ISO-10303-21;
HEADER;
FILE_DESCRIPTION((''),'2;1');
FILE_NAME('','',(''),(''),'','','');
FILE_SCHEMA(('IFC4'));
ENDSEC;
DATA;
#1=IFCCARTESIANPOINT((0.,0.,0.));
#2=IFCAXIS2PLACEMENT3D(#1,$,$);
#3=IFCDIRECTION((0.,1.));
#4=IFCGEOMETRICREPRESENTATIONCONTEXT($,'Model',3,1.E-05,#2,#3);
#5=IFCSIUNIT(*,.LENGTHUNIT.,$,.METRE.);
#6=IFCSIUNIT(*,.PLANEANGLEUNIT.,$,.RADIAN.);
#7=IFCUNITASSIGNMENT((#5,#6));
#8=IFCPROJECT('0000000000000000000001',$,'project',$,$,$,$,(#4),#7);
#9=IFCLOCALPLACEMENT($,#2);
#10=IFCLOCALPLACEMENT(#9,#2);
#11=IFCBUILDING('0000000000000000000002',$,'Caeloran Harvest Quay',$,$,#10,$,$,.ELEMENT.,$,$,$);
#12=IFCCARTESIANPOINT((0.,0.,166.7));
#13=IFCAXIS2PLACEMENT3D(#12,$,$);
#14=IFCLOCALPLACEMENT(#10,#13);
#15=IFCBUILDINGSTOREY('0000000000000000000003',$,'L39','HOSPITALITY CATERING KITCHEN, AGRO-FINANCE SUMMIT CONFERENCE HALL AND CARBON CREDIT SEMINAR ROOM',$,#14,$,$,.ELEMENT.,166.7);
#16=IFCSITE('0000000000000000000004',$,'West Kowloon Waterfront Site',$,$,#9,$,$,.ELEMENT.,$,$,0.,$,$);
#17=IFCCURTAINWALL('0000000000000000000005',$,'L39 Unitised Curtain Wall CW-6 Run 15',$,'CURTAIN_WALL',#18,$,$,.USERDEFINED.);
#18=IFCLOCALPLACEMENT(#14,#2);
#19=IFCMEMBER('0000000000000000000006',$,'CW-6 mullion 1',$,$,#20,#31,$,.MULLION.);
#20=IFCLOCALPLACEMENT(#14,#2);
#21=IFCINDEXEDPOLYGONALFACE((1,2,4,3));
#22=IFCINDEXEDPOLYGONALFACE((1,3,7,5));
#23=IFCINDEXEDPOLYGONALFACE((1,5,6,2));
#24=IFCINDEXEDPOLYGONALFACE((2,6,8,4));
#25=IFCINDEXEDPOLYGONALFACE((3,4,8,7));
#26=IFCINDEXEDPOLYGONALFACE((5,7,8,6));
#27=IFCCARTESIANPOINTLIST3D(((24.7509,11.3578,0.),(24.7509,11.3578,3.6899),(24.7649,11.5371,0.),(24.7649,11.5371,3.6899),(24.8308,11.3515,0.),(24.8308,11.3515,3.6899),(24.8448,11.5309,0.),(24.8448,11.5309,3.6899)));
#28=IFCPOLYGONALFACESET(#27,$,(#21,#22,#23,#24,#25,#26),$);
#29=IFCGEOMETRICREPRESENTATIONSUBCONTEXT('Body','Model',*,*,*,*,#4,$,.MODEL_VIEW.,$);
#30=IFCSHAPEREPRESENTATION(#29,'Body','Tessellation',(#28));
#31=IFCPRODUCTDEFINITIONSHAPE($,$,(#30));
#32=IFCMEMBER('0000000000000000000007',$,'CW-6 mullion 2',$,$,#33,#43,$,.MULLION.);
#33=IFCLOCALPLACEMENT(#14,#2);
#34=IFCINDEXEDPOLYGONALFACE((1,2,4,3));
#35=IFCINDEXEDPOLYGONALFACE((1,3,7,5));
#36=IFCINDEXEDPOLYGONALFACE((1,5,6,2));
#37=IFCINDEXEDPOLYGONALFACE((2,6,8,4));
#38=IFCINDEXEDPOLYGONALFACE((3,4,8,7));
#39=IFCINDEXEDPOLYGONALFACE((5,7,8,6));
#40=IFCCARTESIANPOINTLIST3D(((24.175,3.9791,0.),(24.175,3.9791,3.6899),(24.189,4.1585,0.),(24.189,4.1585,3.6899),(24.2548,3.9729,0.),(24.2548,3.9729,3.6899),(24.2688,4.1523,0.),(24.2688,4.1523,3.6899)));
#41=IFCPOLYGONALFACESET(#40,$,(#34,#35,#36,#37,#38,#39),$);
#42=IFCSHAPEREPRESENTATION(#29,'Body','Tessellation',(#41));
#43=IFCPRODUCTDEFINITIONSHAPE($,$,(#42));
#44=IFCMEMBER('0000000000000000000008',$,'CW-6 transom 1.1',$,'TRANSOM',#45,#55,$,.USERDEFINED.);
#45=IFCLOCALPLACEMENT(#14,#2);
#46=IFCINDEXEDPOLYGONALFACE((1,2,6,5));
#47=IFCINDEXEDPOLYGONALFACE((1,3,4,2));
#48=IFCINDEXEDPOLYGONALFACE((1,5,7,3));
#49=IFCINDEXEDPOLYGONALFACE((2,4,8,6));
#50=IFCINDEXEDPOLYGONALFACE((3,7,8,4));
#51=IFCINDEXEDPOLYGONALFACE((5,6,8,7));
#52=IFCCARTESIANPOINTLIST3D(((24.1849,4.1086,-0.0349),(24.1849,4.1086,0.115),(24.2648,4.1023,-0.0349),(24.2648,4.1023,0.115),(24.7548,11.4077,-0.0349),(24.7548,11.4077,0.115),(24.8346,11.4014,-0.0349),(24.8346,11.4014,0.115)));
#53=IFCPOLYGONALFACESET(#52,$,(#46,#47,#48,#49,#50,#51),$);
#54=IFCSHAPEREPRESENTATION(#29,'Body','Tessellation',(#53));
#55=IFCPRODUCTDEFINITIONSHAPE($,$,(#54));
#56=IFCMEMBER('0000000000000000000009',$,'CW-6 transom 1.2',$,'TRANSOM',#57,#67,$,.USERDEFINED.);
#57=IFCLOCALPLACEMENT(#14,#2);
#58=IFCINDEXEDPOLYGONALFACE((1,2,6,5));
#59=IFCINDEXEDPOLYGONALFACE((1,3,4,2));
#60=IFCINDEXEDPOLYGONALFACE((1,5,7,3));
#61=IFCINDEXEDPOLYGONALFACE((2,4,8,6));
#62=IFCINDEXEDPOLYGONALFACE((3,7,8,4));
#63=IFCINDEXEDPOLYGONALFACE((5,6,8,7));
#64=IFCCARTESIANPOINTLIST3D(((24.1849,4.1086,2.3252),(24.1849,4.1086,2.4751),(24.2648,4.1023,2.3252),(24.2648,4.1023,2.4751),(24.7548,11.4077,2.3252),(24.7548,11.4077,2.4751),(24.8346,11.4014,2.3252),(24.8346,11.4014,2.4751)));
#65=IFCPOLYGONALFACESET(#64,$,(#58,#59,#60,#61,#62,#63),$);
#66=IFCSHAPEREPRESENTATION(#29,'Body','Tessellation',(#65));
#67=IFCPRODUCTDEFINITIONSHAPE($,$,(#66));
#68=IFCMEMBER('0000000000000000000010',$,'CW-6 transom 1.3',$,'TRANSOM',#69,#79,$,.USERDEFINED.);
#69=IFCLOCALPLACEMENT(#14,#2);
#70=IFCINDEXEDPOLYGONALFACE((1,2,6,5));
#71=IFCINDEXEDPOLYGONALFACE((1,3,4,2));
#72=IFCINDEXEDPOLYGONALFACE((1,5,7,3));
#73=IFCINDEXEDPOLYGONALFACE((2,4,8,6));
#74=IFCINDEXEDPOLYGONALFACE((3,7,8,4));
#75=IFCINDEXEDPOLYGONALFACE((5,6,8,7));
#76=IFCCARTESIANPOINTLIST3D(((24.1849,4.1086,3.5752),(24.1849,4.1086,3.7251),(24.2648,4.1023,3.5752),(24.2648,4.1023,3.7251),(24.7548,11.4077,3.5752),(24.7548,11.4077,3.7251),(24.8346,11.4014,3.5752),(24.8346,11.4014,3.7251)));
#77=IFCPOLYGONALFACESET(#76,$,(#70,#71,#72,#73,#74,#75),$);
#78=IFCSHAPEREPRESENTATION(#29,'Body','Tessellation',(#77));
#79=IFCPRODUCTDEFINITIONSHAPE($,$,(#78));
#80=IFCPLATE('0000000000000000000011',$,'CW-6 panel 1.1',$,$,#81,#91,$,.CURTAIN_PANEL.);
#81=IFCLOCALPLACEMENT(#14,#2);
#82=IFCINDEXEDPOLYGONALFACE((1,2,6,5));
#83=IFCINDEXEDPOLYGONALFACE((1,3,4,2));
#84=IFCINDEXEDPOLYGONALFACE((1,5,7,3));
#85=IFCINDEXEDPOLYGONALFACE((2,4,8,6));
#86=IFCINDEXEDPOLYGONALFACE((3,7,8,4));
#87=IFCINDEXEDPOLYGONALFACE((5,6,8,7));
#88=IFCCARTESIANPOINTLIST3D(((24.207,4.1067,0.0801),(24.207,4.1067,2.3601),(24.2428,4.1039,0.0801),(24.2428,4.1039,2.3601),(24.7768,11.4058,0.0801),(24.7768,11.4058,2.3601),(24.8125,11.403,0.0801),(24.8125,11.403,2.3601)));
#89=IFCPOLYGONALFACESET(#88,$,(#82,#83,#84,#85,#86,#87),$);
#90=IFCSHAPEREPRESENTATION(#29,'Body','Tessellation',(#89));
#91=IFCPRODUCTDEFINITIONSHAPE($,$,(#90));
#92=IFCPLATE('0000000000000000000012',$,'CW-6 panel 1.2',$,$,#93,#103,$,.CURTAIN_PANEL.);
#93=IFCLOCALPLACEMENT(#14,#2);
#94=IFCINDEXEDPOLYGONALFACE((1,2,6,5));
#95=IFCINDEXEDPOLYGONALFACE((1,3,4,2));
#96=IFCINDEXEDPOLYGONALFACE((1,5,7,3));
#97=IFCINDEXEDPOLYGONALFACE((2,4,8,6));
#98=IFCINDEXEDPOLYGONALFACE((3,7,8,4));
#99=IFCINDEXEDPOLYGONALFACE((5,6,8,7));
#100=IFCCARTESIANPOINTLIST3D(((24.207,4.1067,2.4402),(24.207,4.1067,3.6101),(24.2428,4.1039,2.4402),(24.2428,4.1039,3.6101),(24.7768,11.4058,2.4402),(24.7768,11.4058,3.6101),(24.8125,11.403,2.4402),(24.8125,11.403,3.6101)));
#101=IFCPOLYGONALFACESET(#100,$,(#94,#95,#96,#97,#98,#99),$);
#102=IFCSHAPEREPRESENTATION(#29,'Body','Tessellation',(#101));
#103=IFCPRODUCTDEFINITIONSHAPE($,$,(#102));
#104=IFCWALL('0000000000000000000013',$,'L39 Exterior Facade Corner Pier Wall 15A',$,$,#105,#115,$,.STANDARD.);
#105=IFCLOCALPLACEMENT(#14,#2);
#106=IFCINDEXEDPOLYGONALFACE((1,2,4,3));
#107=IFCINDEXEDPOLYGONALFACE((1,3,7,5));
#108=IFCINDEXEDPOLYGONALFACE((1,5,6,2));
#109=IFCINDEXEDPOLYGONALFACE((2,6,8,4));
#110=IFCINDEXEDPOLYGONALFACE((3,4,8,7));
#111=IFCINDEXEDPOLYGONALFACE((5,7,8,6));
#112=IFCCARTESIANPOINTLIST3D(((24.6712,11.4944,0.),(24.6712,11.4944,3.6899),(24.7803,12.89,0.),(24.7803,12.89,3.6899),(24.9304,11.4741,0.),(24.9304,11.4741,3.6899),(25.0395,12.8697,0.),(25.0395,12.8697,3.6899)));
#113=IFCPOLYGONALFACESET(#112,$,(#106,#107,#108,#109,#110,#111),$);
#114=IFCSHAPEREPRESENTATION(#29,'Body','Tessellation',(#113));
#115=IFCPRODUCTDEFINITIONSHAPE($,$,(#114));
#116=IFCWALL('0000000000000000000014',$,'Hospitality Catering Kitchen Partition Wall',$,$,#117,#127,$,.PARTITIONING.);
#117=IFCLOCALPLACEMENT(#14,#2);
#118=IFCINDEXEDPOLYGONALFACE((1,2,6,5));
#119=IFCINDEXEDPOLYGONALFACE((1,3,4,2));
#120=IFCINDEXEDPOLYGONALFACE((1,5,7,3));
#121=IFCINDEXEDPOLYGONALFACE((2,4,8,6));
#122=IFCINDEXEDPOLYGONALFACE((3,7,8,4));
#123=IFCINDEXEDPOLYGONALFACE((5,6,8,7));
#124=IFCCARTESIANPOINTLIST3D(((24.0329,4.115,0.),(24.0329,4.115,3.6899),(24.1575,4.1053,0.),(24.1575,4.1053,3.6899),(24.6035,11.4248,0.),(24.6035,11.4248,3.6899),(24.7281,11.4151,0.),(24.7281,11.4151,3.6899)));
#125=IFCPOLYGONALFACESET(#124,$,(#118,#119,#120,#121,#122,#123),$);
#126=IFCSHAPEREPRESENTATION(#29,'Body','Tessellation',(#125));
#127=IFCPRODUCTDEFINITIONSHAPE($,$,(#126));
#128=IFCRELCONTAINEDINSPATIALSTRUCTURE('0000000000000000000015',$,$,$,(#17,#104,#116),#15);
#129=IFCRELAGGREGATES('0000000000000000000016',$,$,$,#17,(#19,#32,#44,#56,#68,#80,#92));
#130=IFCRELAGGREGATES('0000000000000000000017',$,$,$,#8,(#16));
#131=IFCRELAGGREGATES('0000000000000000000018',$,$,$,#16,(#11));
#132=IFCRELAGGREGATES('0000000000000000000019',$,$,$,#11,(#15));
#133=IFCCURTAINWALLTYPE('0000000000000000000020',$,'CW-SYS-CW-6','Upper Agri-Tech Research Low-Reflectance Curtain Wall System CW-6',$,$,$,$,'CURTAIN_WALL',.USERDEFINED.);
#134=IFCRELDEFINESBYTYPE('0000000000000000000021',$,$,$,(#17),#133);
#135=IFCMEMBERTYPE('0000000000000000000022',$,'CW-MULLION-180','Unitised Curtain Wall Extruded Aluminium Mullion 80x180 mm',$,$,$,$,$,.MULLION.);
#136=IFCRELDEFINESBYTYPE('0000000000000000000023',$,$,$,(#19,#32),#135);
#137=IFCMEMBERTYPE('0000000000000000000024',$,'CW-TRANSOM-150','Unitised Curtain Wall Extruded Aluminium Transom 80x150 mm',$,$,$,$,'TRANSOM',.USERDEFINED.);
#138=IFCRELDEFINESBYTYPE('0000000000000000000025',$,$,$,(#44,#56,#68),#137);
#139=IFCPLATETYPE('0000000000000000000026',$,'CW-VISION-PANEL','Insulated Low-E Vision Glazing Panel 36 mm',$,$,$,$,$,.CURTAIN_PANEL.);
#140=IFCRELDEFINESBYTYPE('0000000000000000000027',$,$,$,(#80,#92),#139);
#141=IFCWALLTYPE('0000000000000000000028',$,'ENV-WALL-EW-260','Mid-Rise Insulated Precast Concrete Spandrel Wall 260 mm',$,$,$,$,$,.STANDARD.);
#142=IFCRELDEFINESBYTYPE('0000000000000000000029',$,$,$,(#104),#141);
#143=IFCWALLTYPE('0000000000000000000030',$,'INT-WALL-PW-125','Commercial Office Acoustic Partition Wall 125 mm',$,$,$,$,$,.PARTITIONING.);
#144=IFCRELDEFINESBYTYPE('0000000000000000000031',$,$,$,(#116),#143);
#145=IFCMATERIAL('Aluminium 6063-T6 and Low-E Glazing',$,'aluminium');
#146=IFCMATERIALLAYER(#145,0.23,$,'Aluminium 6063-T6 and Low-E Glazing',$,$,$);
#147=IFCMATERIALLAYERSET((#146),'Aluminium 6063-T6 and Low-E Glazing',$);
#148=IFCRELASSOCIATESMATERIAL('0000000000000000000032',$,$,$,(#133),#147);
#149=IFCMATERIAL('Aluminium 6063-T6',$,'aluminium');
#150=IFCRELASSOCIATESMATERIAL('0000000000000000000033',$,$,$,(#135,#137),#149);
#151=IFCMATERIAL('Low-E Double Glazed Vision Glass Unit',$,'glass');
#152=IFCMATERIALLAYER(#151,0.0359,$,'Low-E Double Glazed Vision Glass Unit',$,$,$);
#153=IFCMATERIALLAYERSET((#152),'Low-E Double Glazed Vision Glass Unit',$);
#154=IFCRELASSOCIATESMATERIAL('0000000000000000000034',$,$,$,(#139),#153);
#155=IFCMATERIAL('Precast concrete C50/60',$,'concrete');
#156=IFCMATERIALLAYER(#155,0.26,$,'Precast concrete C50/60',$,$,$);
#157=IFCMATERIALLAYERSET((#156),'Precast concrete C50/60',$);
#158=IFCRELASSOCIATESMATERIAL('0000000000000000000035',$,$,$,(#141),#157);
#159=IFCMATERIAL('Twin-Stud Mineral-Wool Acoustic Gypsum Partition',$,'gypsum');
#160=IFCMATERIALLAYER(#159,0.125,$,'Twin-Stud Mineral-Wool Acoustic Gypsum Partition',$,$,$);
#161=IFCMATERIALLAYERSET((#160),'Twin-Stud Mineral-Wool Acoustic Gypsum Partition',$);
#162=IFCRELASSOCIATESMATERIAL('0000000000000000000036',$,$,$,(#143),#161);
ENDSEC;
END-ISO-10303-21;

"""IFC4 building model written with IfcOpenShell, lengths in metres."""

from ifc_helpers import new_model, si_unit, direction, frame, frame_2d, origin, origin_2d, place, context, subcontext, project, spatial, rectangle, extrude, material, layer, layer_set, material_profile, profile_set, type_object, element, aggregate, save


model = new_model("IFC4")

# Units and contexts
model_context = context("Model", 3, precision=1e-05, world=origin(), true_north=direction((0.0, 1.0)))
body_context = subcontext(model_context, "Body", "Model", "MODEL_VIEW")
ifc_project = project(units=[si_unit("LENGTHUNIT", "METRE"), si_unit("PLANEANGLEUNIT", "RADIAN")], contexts=[model_context])

# Site, building, storey
site_placement = place(None, origin())
site = spatial("IfcSite", under=ifc_project, at=site_placement, Name="West Kowloon Waterfront Site", CompositionType="ELEMENT", RefElevation=0.0)
building_placement = place(site_placement, origin())
building = spatial("IfcBuilding", under=site, at=building_placement, Name="Caeloran Harvest Quay", CompositionType="ELEMENT")
storey_placement = place(building_placement, frame((0.0, 0.0, 166.7)))
storey = spatial("IfcBuildingStorey", under=building, at=storey_placement, Name="L39", Description="HOSPITALITY CATERING KITCHEN, AGRO-FINANCE SUMMIT CONFERENCE HALL AND CARBON CREDIT SEMINAR ROOM", CompositionType="ELEMENT", Elevation=166.7)

# Curtain wall, members, plates
ifc_material_1 = material(Name="Aluminium 6063-T6 and Low-E Glazing", Category="aluminium")
ifc_layer_1 = layer(ifc_material_1, 0.23, Name="Aluminium 6063-T6 and Low-E Glazing")
ifc_layer_set_1 = layer_set([ifc_layer_1], Name="Aluminium 6063-T6 and Low-E Glazing")
curtain_wall_type = type_object("IfcCurtainWallType", Name="CW-SYS-CW-6", Description="Upper Agri-Tech Research Low-Reflectance Curtain Wall System CW-6", ElementType="CURTAIN_WALL", PredefinedType="USERDEFINED", material=ifc_layer_set_1)
curtain_wall_placement = place(storey_placement, origin())
curtain_wall = element("IfcCurtainWall", 1, at=curtain_wall_placement, inside=storey, type_object=curtain_wall_type, Name="L39 Unitised Curtain Wall CW-6 Run 15", ObjectType="CURTAIN_WALL", PredefinedType="USERDEFINED")
ifc_material_2 = material(Name="Aluminium 6063-T6", Category="aluminium")
ifc_material_profile_1 = material_profile(ifc_material_2, rectangle(XDim=0.0801, YDim=0.1799, at=origin_2d()), Name="CW-MULLION-180")
ifc_profile_set_1 = profile_set([ifc_material_profile_1], Name="Aluminium 6063-T6")
member_type_1 = type_object("IfcMemberType", Name="CW-MULLION-180", Description="Unitised Curtain Wall Extruded Aluminium Mullion 80x180 mm", PredefinedType="MULLION", material=ifc_profile_set_1)
member_1_placement = place(storey_placement, frame((24.7979, 11.4443, 0.0), z_axis=(0.0, 0.0, 1.0), x_axis=(0.996967, -0.077822, 0.0)))
member_1 = element("IfcMember", 2, at=member_1_placement, type_object=member_type_1, Name="CW-6 mullion 1", PredefinedType="MULLION", context=body_context, shape_type="SweptSolid", body=[
    extrude(rectangle(XDim=0.0801, YDim=0.1799, at=origin_2d()), origin(), (0.0, 0.0, 1.0), 3.6899),
])
member_2_placement = place(storey_placement, frame((24.2219, 4.0657, 0.0), z_axis=(0.0, 0.0, 1.0), x_axis=(0.996967, -0.077822, 0.0)))
member_2 = element("IfcMember", 3, at=member_2_placement, type_object=member_type_1, Name="CW-6 mullion 2", PredefinedType="MULLION", context=body_context, shape_type="SweptSolid", body=[
    extrude(rectangle(XDim=0.0801, YDim=0.1799, at=origin_2d()), origin(), (0.0, 0.0, 1.0), 3.6899),
])
ifc_material_profile_2 = material_profile(ifc_material_2, rectangle(XDim=0.0801, YDim=0.1499, at=origin_2d()), Name="CW-TRANSOM-150")
ifc_profile_set_2 = profile_set([ifc_material_profile_2], Name="Aluminium 6063-T6")
member_type_2 = type_object("IfcMemberType", Name="CW-TRANSOM-150", Description="Unitised Curtain Wall Extruded Aluminium Transom 80x150 mm", ElementType="TRANSOM", PredefinedType="USERDEFINED", material=ifc_profile_set_2)
member_3_placement = place(storey_placement, frame((24.7947, 11.4045, 0.04), z_axis=(-0.077831, -0.996967, 0.0), x_axis=(0.996967, -0.077831, 0.0)))
member_3 = element("IfcMember", 4, at=member_3_placement, type_object=member_type_2, Name="CW-6 transom 1.1", ObjectType="TRANSOM", PredefinedType="USERDEFINED", context=body_context, shape_type="SweptSolid", body=[
    extrude(rectangle(XDim=0.0801, YDim=0.1499, at=origin_2d()), origin(), (0.0, 0.0, 1.0), 7.3213),
])
member_4_placement = place(storey_placement, frame((24.7947, 11.4045, 2.4001), z_axis=(-0.077831, -0.996967, 0.0), x_axis=(0.996967, -0.077831, 0.0)))
member_4 = element("IfcMember", 5, at=member_4_placement, type_object=member_type_2, Name="CW-6 transom 1.2", ObjectType="TRANSOM", PredefinedType="USERDEFINED", context=body_context, shape_type="SweptSolid", body=[
    extrude(rectangle(XDim=0.0801, YDim=0.1499, at=origin_2d()), origin(), (0.0, 0.0, 1.0), 7.3213),
])
member_5_placement = place(storey_placement, frame((24.7947, 11.4045, 3.6501), z_axis=(-0.077831, -0.996967, 0.0), x_axis=(0.996967, -0.077831, 0.0)))
member_5 = element("IfcMember", 6, at=member_5_placement, type_object=member_type_2, Name="CW-6 transom 1.3", ObjectType="TRANSOM", PredefinedType="USERDEFINED", context=body_context, shape_type="SweptSolid", body=[
    extrude(rectangle(XDim=0.0801, YDim=0.1499, at=origin_2d()), origin(), (0.0, 0.0, 1.0), 7.3213),
])
ifc_material_3 = material(Name="Low-E Double Glazed Vision Glass Unit", Category="glass")
ifc_layer_2 = layer(ifc_material_3, 0.0359, Name="Low-E Double Glazed Vision Glass Unit")
ifc_layer_set_2 = layer_set([ifc_layer_2], Name="Low-E Double Glazed Vision Glass Unit")
plate_type = type_object("IfcPlateType", Name="CW-VISION-PANEL", Description="Insulated Low-E Vision Glazing Panel 36 mm", PredefinedType="CURTAIN_PANEL", material=ifc_layer_set_2)
plate_1_placement = place(storey_placement, frame((24.5098, 7.7549, 0.0801), z_axis=(0.0, 0.0, 1.0), x_axis=(-0.077822, -0.996967, 0.0)))
plate_1 = element("IfcPlate", 7, at=plate_1_placement, type_object=plate_type, Name="CW-6 panel 1.1", PredefinedType="CURTAIN_PANEL", context=body_context, shape_type="SweptSolid", body=[
    extrude(rectangle(XDim=7.3213, YDim=0.0359, at=origin_2d()), origin(), (0.0, 0.0, 1.0), 2.28),
])
plate_2_placement = place(storey_placement, frame((24.5098, 7.7549, 2.4402), z_axis=(0.0, 0.0, 1.0), x_axis=(-0.077822, -0.996967, 0.0)))
plate_2 = element("IfcPlate", 8, at=plate_2_placement, type_object=plate_type, Name="CW-6 panel 1.2", PredefinedType="CURTAIN_PANEL", context=body_context, shape_type="SweptSolid", body=[
    extrude(rectangle(XDim=7.3213, YDim=0.0359, at=origin_2d()), origin(), (0.0, 0.0, 1.0), 1.1699),
])
aggregate(curtain_wall, [member_1, member_2, member_3, member_4, member_5, plate_1, plate_2])

# Walls
ifc_material_4 = material(Name="Precast concrete C50/60", Category="concrete")
ifc_layer_3 = layer(ifc_material_4, 0.26, Name="Precast concrete C50/60")
ifc_layer_set_3 = layer_set([ifc_layer_3], Name="Precast concrete C50/60")
wall_type_1 = type_object("IfcWallType", Name="ENV-WALL-EW-260", Description="Mid-Rise Insulated Precast Concrete Spandrel Wall 260 mm", PredefinedType="STANDARD", material=ifc_layer_set_3)
wall_1_placement = place(storey_placement, frame((24.9099, 12.8799, 0.0), z_axis=(0.0, 0.0, 1.0), x_axis=(-0.07795, -0.996957, 0.0)))
element("IfcWall", 9, at=wall_1_placement, inside=storey, type_object=wall_type_1, Name="L39 Exterior Facade Corner Pier Wall 15A", PredefinedType="STANDARD", context=body_context, shape_type="SweptSolid", body=[
    extrude(rectangle(XDim=1.3999, YDim=0.26, at=frame_2d((0.7, 0.0))), origin(), (0.0, 0.0, 1.0), 3.6899),
])
ifc_material_5 = material(Name="Twin-Stud Mineral-Wool Acoustic Gypsum Partition", Category="gypsum")
ifc_layer_4 = layer(ifc_material_5, 0.125, Name="Twin-Stud Mineral-Wool Acoustic Gypsum Partition")
ifc_layer_set_4 = layer_set([ifc_layer_4], Name="Twin-Stud Mineral-Wool Acoustic Gypsum Partition")
wall_type_2 = type_object("IfcWallType", Name="INT-WALL-PW-125", Description="Commercial Office Acoustic Partition Wall 125 mm", PredefinedType="PARTITIONING", material=ifc_layer_set_4)
wall_2_placement = place(storey_placement, frame((24.6658, 11.4199, 0.0), z_axis=(0.0, 0.0, 1.0), x_axis=(-0.077817, -0.996968, 0.0)))
element("IfcWall", 10, at=wall_2_placement, inside=storey, type_object=wall_type_2, Name="Hospitality Catering Kitchen Partition Wall", PredefinedType="PARTITIONING", context=body_context, shape_type="SweptSolid", body=[
    extrude(rectangle(XDim=7.332, YDim=0.125, at=frame_2d((3.666, 0.0))), origin(), (0.0, 0.0, 1.0), 3.6899),
])

save(model, "model.ifc")
